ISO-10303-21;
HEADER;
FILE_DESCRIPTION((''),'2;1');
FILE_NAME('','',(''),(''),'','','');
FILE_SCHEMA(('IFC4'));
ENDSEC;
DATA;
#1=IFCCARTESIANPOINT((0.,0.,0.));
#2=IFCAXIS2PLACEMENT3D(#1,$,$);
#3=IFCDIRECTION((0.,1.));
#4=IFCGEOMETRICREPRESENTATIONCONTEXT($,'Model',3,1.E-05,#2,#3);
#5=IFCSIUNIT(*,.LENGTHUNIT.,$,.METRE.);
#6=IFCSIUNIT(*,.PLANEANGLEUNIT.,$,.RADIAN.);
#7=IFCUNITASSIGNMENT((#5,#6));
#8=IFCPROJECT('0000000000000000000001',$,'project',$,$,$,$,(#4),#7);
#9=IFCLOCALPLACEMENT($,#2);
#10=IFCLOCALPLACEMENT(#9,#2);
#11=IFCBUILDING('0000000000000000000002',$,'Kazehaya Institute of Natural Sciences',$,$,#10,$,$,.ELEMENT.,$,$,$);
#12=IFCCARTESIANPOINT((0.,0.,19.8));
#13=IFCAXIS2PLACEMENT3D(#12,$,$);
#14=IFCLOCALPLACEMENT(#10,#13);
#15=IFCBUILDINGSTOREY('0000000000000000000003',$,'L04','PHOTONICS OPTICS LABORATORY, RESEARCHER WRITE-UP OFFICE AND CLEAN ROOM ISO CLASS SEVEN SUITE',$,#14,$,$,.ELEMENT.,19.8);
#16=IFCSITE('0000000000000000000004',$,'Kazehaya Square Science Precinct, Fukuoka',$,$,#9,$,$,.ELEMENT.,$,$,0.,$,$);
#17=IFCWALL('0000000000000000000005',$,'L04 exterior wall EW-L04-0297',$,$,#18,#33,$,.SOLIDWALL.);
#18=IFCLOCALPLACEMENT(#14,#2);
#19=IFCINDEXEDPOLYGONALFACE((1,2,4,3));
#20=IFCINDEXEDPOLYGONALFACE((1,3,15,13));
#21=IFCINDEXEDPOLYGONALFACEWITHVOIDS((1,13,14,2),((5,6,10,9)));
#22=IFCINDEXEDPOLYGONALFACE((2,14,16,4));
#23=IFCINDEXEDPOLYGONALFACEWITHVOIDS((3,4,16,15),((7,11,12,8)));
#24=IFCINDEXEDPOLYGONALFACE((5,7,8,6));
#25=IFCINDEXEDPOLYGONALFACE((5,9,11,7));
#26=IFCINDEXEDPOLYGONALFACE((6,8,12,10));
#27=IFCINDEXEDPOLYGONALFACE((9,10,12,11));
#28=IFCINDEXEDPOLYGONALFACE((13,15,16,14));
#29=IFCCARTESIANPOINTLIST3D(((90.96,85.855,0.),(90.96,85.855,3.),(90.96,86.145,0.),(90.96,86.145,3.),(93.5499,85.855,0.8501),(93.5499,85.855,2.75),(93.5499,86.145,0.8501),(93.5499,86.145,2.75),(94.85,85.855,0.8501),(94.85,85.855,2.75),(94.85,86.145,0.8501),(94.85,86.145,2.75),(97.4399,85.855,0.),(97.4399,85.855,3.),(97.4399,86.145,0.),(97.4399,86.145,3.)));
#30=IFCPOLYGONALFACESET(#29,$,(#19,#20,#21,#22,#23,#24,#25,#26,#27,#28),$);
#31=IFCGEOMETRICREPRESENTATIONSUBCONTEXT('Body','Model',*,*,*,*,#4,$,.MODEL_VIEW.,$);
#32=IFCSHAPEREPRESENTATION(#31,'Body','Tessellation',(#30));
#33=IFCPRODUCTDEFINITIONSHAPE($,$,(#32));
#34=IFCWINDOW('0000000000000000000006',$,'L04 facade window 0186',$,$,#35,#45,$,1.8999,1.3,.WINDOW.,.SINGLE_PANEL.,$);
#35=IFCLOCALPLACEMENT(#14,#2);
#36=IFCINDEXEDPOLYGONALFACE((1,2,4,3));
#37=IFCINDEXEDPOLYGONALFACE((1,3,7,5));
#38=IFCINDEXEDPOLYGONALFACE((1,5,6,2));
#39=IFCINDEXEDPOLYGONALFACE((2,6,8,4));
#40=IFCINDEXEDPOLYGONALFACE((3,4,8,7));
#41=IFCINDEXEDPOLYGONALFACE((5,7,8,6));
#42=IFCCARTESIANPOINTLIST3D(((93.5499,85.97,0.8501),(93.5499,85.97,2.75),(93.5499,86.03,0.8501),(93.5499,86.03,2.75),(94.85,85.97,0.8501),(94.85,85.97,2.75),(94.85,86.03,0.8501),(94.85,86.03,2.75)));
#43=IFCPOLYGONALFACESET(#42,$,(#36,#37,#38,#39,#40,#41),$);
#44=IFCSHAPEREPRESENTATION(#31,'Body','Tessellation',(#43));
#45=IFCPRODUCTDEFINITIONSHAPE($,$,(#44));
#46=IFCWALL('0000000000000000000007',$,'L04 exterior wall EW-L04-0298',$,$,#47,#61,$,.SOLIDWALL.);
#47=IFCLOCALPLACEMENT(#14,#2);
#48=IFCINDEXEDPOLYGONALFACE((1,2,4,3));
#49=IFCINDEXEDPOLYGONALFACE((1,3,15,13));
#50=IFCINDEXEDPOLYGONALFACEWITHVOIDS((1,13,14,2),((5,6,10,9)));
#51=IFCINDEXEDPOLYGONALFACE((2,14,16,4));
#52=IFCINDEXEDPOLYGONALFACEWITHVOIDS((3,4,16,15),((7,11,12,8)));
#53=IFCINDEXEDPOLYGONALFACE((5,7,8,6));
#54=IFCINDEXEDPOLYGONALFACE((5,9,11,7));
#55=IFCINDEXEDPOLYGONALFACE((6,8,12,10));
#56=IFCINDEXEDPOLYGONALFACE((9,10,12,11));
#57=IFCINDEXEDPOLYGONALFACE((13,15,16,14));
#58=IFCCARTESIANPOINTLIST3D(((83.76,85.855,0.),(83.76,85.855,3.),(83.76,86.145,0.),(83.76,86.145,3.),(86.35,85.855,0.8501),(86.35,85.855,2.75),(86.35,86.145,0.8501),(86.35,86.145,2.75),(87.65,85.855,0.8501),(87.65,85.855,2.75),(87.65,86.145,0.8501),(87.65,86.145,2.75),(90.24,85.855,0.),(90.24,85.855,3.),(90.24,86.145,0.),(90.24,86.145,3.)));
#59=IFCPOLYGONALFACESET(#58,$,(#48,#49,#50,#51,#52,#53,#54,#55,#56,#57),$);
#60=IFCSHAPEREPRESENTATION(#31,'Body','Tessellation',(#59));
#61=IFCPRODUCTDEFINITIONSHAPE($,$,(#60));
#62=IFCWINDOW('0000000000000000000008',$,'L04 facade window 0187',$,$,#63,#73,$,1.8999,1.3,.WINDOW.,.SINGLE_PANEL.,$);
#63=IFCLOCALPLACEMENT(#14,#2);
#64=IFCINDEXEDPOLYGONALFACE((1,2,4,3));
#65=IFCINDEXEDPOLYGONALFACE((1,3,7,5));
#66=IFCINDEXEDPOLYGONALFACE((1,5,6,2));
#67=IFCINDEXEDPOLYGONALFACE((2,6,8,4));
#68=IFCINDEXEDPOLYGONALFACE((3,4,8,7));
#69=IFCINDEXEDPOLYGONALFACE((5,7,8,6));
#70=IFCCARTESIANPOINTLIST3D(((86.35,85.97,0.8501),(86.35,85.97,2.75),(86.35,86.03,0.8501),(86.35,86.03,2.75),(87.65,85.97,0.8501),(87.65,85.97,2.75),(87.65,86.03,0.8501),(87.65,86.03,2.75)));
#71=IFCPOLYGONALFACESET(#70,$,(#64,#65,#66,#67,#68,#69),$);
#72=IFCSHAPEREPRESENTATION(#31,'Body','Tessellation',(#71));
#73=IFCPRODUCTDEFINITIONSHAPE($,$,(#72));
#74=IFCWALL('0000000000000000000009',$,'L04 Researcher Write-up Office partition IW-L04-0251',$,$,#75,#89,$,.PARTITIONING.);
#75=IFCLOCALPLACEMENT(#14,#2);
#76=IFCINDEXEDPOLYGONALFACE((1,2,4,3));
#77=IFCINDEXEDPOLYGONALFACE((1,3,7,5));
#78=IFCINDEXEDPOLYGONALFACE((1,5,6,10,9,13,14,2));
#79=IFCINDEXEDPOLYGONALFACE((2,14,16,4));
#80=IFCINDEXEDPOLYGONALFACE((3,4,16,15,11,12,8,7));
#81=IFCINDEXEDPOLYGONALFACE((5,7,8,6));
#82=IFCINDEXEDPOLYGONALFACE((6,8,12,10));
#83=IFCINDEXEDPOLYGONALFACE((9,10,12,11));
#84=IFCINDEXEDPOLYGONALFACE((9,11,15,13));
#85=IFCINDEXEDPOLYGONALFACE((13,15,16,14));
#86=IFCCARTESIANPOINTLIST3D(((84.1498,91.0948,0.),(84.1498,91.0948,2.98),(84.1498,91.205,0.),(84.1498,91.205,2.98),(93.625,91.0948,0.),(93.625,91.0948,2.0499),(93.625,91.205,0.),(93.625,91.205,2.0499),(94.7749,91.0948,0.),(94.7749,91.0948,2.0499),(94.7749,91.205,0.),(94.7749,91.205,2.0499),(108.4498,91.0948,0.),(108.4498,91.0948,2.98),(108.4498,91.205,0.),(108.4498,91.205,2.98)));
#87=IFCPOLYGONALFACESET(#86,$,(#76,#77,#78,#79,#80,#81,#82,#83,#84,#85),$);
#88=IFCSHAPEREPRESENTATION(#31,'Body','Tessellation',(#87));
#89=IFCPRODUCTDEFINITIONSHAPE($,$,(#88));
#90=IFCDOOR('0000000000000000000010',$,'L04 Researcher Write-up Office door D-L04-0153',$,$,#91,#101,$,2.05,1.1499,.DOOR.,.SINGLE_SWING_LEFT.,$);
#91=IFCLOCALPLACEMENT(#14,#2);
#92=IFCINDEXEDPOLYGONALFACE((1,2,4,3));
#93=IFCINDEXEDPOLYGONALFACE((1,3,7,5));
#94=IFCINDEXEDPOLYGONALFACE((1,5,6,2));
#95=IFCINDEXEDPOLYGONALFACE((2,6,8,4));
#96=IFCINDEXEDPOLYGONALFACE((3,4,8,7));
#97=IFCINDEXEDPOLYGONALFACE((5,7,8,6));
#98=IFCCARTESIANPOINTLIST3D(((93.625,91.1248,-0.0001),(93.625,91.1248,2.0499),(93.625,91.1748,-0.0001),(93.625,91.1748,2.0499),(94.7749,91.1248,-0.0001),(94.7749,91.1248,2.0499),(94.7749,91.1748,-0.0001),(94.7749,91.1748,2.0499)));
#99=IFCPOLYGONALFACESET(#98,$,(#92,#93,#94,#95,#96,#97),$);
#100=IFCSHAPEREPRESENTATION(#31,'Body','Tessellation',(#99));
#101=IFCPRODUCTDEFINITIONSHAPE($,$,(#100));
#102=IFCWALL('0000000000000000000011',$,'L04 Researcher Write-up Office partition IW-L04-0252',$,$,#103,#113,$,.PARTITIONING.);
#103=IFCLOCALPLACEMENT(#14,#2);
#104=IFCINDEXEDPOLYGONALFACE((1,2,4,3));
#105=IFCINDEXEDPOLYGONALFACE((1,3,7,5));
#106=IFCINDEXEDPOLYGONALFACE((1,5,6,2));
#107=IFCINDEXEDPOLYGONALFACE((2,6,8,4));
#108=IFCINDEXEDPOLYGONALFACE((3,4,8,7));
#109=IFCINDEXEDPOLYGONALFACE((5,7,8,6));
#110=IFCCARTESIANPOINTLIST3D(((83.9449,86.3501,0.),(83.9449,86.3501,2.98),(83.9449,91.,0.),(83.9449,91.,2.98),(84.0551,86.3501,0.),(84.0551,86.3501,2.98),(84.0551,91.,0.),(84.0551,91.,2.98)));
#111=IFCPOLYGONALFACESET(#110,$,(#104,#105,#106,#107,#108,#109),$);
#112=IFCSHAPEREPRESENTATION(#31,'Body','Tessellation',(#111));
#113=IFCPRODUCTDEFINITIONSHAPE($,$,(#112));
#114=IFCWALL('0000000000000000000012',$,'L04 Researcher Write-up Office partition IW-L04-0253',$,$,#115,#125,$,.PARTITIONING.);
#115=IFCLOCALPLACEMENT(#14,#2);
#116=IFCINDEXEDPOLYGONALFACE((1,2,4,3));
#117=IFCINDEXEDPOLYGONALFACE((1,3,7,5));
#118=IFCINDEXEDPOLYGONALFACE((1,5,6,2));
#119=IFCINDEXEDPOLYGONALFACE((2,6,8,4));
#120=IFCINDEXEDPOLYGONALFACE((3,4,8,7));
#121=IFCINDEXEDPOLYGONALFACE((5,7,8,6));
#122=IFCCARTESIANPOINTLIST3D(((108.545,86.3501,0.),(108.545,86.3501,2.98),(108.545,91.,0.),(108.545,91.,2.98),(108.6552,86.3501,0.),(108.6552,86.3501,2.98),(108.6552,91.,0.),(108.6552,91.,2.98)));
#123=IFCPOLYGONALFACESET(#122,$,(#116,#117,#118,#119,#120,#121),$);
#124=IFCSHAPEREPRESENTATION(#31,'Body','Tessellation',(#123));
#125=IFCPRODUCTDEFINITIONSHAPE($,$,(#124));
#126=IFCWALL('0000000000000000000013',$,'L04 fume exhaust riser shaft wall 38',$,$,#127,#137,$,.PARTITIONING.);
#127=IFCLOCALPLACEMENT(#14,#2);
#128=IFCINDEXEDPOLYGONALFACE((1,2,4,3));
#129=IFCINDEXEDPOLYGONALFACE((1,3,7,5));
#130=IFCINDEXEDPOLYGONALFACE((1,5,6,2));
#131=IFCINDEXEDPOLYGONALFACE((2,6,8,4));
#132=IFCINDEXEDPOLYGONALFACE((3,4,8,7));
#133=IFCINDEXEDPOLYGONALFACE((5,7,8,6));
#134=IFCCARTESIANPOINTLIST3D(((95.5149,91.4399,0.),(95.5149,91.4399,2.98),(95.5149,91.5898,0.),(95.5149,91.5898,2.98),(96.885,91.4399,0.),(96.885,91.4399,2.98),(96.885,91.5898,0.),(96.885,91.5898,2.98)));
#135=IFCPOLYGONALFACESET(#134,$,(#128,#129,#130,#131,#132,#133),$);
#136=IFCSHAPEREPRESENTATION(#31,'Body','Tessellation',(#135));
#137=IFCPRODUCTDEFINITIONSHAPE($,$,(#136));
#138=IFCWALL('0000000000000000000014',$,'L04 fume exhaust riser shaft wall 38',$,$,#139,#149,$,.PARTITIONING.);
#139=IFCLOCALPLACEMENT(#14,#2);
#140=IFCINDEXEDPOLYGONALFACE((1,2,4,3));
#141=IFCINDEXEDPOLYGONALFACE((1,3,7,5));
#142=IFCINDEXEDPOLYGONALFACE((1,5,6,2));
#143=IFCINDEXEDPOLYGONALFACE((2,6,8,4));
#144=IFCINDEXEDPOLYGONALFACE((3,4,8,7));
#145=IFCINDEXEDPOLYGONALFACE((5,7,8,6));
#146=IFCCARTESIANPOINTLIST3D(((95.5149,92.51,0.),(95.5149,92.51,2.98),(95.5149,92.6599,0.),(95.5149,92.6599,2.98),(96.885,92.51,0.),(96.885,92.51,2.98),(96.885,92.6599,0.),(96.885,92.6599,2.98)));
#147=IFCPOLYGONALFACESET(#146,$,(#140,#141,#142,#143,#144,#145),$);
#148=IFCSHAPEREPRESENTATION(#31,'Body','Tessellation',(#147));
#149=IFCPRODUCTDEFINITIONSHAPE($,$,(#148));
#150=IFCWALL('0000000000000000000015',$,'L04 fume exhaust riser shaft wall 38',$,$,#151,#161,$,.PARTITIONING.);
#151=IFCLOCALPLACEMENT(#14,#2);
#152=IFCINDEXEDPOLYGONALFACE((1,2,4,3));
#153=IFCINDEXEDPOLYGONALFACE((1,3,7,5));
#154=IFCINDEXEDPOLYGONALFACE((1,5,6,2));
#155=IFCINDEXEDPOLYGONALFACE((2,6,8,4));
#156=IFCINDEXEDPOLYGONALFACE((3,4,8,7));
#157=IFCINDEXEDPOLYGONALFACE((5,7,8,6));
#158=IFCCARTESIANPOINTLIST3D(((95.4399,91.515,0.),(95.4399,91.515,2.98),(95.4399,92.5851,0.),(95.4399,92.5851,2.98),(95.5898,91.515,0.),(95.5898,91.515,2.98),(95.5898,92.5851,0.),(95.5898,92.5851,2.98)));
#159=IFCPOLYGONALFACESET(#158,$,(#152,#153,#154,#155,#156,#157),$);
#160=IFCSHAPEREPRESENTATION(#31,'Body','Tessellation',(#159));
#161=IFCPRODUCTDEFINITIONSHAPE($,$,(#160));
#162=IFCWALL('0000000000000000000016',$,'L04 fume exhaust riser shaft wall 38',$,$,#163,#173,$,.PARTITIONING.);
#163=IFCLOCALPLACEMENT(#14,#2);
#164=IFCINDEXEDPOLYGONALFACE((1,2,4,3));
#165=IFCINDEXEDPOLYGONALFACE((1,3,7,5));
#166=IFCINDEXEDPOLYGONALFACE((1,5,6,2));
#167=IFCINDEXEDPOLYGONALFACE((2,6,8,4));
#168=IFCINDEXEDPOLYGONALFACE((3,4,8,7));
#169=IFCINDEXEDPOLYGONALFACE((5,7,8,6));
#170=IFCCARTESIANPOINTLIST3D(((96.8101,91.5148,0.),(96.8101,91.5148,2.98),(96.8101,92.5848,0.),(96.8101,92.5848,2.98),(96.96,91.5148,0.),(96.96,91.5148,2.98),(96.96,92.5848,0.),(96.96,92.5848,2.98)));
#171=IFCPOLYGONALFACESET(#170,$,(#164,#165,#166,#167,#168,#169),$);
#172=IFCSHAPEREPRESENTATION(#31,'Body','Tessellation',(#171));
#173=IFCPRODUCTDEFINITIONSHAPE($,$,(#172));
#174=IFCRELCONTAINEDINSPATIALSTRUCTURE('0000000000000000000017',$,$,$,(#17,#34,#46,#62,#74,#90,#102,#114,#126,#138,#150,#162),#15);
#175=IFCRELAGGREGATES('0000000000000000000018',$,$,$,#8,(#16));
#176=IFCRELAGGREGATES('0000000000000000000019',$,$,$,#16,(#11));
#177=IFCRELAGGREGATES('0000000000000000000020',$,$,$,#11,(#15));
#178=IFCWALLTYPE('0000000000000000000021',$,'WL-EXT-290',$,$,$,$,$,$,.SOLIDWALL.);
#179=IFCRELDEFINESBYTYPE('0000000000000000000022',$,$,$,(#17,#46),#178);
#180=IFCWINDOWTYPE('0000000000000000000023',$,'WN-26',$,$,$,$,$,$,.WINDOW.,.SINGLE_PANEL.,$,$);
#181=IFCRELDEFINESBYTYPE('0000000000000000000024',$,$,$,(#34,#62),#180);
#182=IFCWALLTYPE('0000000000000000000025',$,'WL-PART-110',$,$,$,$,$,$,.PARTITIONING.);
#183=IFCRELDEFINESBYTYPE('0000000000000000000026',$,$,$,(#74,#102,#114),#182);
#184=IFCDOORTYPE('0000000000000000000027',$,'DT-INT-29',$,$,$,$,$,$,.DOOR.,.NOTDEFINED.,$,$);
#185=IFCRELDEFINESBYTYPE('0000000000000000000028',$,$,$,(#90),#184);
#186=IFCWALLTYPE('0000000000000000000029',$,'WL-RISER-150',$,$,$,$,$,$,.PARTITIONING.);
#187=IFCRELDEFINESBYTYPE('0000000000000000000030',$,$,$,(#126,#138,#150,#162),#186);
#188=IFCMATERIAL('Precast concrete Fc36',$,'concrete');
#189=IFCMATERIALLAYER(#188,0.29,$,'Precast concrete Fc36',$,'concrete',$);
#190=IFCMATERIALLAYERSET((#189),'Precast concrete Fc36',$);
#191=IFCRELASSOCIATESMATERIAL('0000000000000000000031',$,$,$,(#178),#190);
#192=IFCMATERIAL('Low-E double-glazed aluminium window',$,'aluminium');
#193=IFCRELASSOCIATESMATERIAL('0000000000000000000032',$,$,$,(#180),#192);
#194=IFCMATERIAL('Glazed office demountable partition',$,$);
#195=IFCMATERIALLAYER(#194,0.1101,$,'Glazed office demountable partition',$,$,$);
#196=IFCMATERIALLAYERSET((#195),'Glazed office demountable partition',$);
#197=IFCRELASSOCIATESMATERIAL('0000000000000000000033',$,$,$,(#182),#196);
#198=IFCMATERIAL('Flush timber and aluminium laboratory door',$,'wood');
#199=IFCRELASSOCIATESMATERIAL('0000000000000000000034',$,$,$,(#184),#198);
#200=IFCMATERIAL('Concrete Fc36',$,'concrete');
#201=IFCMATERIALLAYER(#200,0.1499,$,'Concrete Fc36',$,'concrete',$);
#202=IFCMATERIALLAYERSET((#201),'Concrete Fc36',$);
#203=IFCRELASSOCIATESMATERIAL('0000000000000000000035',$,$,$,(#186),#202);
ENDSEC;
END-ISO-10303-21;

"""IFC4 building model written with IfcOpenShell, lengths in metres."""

from ifc_helpers import new_model, si_unit, direction, frame, frame_2d, origin, place, context, subcontext, project, spatial, rectangle, extrude, material, layer, layer_set, type_object, element, fill, save


model = new_model("IFC4")

# Units and contexts
model_context = context("Model", 3, precision=1e-05, world=origin(), true_north=direction((0.0, 1.0)))
body_context = subcontext(model_context, "Body", "Model", "MODEL_VIEW")
ifc_project = project(units=[si_unit("LENGTHUNIT", "METRE"), si_unit("PLANEANGLEUNIT", "RADIAN")], contexts=[model_context])

# Site, building, storey
site_placement = place(None, origin())
site = spatial("IfcSite", under=ifc_project, at=site_placement, Name="Kazehaya Square Science Precinct, Fukuoka", CompositionType="ELEMENT", RefElevation=0.0)
building_placement = place(site_placement, origin())
building = spatial("IfcBuilding", under=site, at=building_placement, Name="Kazehaya Institute of Natural Sciences", CompositionType="ELEMENT")
storey_placement = place(building_placement, frame((0.0, 0.0, 19.8)))
storey = spatial("IfcBuildingStorey", under=building, at=storey_placement, Name="L04", Description="PHOTONICS OPTICS LABORATORY, RESEARCHER WRITE-UP OFFICE AND CLEAN ROOM ISO CLASS SEVEN SUITE", CompositionType="ELEMENT", Elevation=19.8)

# Shared definitions
ifc_material_1 = material(Name="Concrete Fc36", Category="concrete")

# Walls, openings, windows
ifc_material_2 = material(Name="Precast concrete Fc36", Category="concrete")
ifc_layer_1 = layer(ifc_material_2, 0.29, Name="Precast concrete Fc36", Category="concrete")
ifc_layer_set_1 = layer_set([ifc_layer_1], Name="Precast concrete Fc36")
wall_type_1 = type_object("IfcWallType", Name="WL-EXT-290", PredefinedType="SOLIDWALL", material=ifc_layer_set_1)
ifc_material_3 = material(Name="Low-E double-glazed aluminium window", Category="aluminium")
window_type = type_object("IfcWindowType", Name="WN-26", PartitioningType="SINGLE_PANEL", PredefinedType="WINDOW", material=ifc_material_3)
wall_1_placement = place(storey_placement, frame((97.4399, 86.0, 0.0), z_axis=(0.0, 0.0, 1.0), x_axis=(-1.0, 0.0, 0.0)))
wall_1 = element("IfcWall", 1, at=wall_1_placement, inside=storey, type_object=wall_type_1, Name="L04 exterior wall EW-L04-0297", PredefinedType="SOLIDWALL", context=body_context, shape_type="SweptSolid", body=[
    extrude(rectangle(XDim=6.48, YDim=0.29, at=frame_2d((3.24, 0.0))), origin(), (0.0, 0.0, 1.0), 3.0),
])
opening_1_placement = place(wall_1_placement, frame((2.5901, 0.0, 0.8501)))
opening_1 = element("IfcOpeningElement", 2, at=opening_1_placement, cuts=wall_1, PredefinedType="OPENING", context=body_context, shape_type="SweptSolid", body=[
    extrude(rectangle(XDim=1.3, YDim=1.8999, at=frame_2d((0.6499, 0.95))), frame((0.0, 0.155, 0.0), z_axis=(0.0, -1.0, 0.0), x_axis=(1.0, 0.0, 0.0)), (0.0, 0.0, 1.0), 0.3101),
])
window_1_placement = place(opening_1_placement, origin())
window_1 = element("IfcWindow", 3, at=window_1_placement, inside=storey, type_object=window_type, Name="L04 facade window 0186", OverallHeight=1.8999, OverallWidth=1.3, PartitioningType="SINGLE_PANEL", PredefinedType="WINDOW", context=body_context, shape_type="SweptSolid", body=[
    extrude(rectangle(XDim=1.3, YDim=1.8999, at=frame_2d((0.6499, 0.95))), frame((0.0, 0.03, 0.0), z_axis=(0.0, -1.0, 0.0), x_axis=(1.0, 0.0, 0.0)), (0.0, 0.0, 1.0), 0.0601),
])
fill(opening_1, window_1)
wall_2_placement = place(storey_placement, frame((90.24, 86.0, 0.0), z_axis=(0.0, 0.0, 1.0), x_axis=(-1.0, 0.0, 0.0)))
wall_2 = element("IfcWall", 4, at=wall_2_placement, inside=storey, type_object=wall_type_1, Name="L04 exterior wall EW-L04-0298", PredefinedType="SOLIDWALL", context=body_context, shape_type="SweptSolid", body=[
    extrude(rectangle(XDim=6.48, YDim=0.29, at=frame_2d((3.24, 0.0))), origin(), (0.0, 0.0, 1.0), 3.0),
])
opening_2_placement = place(wall_2_placement, frame((2.5901, 0.0, 0.8501)))
opening_2 = element("IfcOpeningElement", 5, at=opening_2_placement, cuts=wall_2, PredefinedType="OPENING", context=body_context, shape_type="SweptSolid", body=[
    extrude(rectangle(XDim=1.3, YDim=1.8999, at=frame_2d((0.6499, 0.95))), frame((0.0, 0.155, 0.0), z_axis=(0.0, -1.0, 0.0), x_axis=(1.0, 0.0, 0.0)), (0.0, 0.0, 1.0), 0.3101),
])
window_2_placement = place(opening_2_placement, origin())
window_2 = element("IfcWindow", 6, at=window_2_placement, inside=storey, type_object=window_type, Name="L04 facade window 0187", OverallHeight=1.8999, OverallWidth=1.3, PartitioningType="SINGLE_PANEL", PredefinedType="WINDOW", context=body_context, shape_type="SweptSolid", body=[
    extrude(rectangle(XDim=1.3, YDim=1.8999, at=frame_2d((0.6499, 0.95))), frame((0.0, 0.03, 0.0), z_axis=(0.0, -1.0, 0.0), x_axis=(1.0, 0.0, 0.0)), (0.0, 0.0, 1.0), 0.0601),
])
fill(opening_2, window_2)

# Wall, opening, door
ifc_material_4 = material(Name="Glazed office demountable partition")
ifc_layer_2 = layer(ifc_material_4, 0.1101, Name="Glazed office demountable partition")
ifc_layer_set_2 = layer_set([ifc_layer_2], Name="Glazed office demountable partition")
wall_type_2 = type_object("IfcWallType", Name="WL-PART-110", PredefinedType="PARTITIONING", material=ifc_layer_set_2)
wall_3_placement = place(storey_placement, frame((84.1499, 91.1499, 0.0), z_axis=(0.0, 0.0, 1.0), x_axis=(1.0, 0.0, 0.0)))
wall_3 = element("IfcWall", 7, at=wall_3_placement, inside=storey, type_object=wall_type_2, Name="L04 Researcher Write-up Office partition IW-L04-0251", PredefinedType="PARTITIONING", context=body_context, shape_type="SweptSolid", body=[
    extrude(rectangle(XDim=24.3, YDim=0.1101, at=frame_2d((12.1499, 0.0))), origin(), (0.0, 0.0, 1.0), 2.98),
])
opening_3_placement = place(wall_3_placement, frame((9.4751, 0.0, 0.0)))
opening_3 = element("IfcOpeningElement", 8, at=opening_3_placement, cuts=wall_3, PredefinedType="OPENING", context=body_context, shape_type="SweptSolid", body=[
    extrude(rectangle(XDim=1.1499, YDim=2.05, at=frame_2d((0.575, 1.0249))), frame((0.0, 0.0649, 0.0), z_axis=(0.0, -1.0, 0.0), x_axis=(1.0, 0.0, 0.0)), (0.0, 0.0, 1.0), 0.1301),
])
ifc_material_5 = material(Name="Flush timber and aluminium laboratory door", Category="wood")
door_type = type_object("IfcDoorType", Name="DT-INT-29", OperationType="NOTDEFINED", PredefinedType="DOOR", material=ifc_material_5)
door_placement = place(opening_3_placement, origin())
door = element("IfcDoor", 9, at=door_placement, inside=storey, type_object=door_type, Name="L04 Researcher Write-up Office door D-L04-0153", OperationType="SINGLE_SWING_LEFT", OverallHeight=2.05, OverallWidth=1.1499, PredefinedType="DOOR", context=body_context, shape_type="SweptSolid", body=[
    extrude(rectangle(XDim=1.1499, YDim=2.05, at=frame_2d((0.575, 1.0249))), frame((0.0, 0.0249, 0.0), z_axis=(0.0, -1.0, 0.0), x_axis=(1.0, 0.0, 0.0)), (0.0, 0.0, 1.0), 0.05),
])
fill(opening_3, door)

# Walls
for number, where, z_axis, x_axis, name in (
    (10, (84.0, 86.3501, 0.0), (0.0, 0.0, 1.0), (0.0, 1.0, 0.0), "L04 Researcher Write-up Office partition IW-L04-0252"),
    (11, (108.6001, 91.0, 0.0), (0.0, 0.0, 1.0), (0.0, -1.0, 0.0), "L04 Researcher Write-up Office partition IW-L04-0253"),
):
    element("IfcWall", number, at=place(storey_placement, frame(where, z_axis=z_axis, x_axis=x_axis)), inside=storey, type_object=wall_type_2, Name=name, PredefinedType="PARTITIONING", context=body_context, shape_type="SweptSolid", body=[
        extrude(rectangle(XDim=4.6499, YDim=0.1101, at=frame_2d((2.325, 0.0))), origin(), (0.0, 0.0, 1.0), 2.98),
    ])
ifc_layer_3 = layer(ifc_material_1, 0.1499, Name="Concrete Fc36", Category="concrete")
ifc_layer_set_3 = layer_set([ifc_layer_3], Name="Concrete Fc36")
wall_type_3 = type_object("IfcWallType", Name="WL-RISER-150", PredefinedType="PARTITIONING", material=ifc_layer_set_3)
for number, where, z_axis, x_axis, name in (
    (12, (96.885, 91.5149, 0.0), (0.0, 0.0, 1.0), (-1.0, 0.0, 0.0), "L04 fume exhaust riser shaft wall 38"),
    (13, (95.5149, 92.585, 0.0), (0.0, 0.0, 1.0), (1.0, 0.0, 0.0), "L04 fume exhaust riser shaft wall 38"),
):
    element("IfcWall", number, at=place(storey_placement, frame(where, z_axis=z_axis, x_axis=x_axis)), inside=storey, type_object=wall_type_3, Name=name, PredefinedType="PARTITIONING", context=body_context, shape_type="SweptSolid", body=[
        extrude(rectangle(XDim=1.3701, YDim=0.1499, at=frame_2d((0.6851, 0.0))), origin(), (0.0, 0.0, 1.0), 2.98),
    ])
for number, where, z_axis, x_axis, name in (
    (14, (95.5149, 91.5149, 0.0), (0.0, 0.0, 1.0), (0.0, 1.0, 0.0), "L04 fume exhaust riser shaft wall 38"),
    (15, (96.885, 92.585, 0.0), (0.0, 0.0, 1.0), (0.0, -1.0, 0.0), "L04 fume exhaust riser shaft wall 38"),
):
    element("IfcWall", number, at=place(storey_placement, frame(where, z_axis=z_axis, x_axis=x_axis)), inside=storey, type_object=wall_type_3, Name=name, PredefinedType="PARTITIONING", context=body_context, shape_type="SweptSolid", body=[
        extrude(rectangle(XDim=1.0701, YDim=0.1499, at=frame_2d((0.5352, 0.0))), origin(), (0.0, 0.0, 1.0), 2.98),
    ])

save(model, "model.ifc")
